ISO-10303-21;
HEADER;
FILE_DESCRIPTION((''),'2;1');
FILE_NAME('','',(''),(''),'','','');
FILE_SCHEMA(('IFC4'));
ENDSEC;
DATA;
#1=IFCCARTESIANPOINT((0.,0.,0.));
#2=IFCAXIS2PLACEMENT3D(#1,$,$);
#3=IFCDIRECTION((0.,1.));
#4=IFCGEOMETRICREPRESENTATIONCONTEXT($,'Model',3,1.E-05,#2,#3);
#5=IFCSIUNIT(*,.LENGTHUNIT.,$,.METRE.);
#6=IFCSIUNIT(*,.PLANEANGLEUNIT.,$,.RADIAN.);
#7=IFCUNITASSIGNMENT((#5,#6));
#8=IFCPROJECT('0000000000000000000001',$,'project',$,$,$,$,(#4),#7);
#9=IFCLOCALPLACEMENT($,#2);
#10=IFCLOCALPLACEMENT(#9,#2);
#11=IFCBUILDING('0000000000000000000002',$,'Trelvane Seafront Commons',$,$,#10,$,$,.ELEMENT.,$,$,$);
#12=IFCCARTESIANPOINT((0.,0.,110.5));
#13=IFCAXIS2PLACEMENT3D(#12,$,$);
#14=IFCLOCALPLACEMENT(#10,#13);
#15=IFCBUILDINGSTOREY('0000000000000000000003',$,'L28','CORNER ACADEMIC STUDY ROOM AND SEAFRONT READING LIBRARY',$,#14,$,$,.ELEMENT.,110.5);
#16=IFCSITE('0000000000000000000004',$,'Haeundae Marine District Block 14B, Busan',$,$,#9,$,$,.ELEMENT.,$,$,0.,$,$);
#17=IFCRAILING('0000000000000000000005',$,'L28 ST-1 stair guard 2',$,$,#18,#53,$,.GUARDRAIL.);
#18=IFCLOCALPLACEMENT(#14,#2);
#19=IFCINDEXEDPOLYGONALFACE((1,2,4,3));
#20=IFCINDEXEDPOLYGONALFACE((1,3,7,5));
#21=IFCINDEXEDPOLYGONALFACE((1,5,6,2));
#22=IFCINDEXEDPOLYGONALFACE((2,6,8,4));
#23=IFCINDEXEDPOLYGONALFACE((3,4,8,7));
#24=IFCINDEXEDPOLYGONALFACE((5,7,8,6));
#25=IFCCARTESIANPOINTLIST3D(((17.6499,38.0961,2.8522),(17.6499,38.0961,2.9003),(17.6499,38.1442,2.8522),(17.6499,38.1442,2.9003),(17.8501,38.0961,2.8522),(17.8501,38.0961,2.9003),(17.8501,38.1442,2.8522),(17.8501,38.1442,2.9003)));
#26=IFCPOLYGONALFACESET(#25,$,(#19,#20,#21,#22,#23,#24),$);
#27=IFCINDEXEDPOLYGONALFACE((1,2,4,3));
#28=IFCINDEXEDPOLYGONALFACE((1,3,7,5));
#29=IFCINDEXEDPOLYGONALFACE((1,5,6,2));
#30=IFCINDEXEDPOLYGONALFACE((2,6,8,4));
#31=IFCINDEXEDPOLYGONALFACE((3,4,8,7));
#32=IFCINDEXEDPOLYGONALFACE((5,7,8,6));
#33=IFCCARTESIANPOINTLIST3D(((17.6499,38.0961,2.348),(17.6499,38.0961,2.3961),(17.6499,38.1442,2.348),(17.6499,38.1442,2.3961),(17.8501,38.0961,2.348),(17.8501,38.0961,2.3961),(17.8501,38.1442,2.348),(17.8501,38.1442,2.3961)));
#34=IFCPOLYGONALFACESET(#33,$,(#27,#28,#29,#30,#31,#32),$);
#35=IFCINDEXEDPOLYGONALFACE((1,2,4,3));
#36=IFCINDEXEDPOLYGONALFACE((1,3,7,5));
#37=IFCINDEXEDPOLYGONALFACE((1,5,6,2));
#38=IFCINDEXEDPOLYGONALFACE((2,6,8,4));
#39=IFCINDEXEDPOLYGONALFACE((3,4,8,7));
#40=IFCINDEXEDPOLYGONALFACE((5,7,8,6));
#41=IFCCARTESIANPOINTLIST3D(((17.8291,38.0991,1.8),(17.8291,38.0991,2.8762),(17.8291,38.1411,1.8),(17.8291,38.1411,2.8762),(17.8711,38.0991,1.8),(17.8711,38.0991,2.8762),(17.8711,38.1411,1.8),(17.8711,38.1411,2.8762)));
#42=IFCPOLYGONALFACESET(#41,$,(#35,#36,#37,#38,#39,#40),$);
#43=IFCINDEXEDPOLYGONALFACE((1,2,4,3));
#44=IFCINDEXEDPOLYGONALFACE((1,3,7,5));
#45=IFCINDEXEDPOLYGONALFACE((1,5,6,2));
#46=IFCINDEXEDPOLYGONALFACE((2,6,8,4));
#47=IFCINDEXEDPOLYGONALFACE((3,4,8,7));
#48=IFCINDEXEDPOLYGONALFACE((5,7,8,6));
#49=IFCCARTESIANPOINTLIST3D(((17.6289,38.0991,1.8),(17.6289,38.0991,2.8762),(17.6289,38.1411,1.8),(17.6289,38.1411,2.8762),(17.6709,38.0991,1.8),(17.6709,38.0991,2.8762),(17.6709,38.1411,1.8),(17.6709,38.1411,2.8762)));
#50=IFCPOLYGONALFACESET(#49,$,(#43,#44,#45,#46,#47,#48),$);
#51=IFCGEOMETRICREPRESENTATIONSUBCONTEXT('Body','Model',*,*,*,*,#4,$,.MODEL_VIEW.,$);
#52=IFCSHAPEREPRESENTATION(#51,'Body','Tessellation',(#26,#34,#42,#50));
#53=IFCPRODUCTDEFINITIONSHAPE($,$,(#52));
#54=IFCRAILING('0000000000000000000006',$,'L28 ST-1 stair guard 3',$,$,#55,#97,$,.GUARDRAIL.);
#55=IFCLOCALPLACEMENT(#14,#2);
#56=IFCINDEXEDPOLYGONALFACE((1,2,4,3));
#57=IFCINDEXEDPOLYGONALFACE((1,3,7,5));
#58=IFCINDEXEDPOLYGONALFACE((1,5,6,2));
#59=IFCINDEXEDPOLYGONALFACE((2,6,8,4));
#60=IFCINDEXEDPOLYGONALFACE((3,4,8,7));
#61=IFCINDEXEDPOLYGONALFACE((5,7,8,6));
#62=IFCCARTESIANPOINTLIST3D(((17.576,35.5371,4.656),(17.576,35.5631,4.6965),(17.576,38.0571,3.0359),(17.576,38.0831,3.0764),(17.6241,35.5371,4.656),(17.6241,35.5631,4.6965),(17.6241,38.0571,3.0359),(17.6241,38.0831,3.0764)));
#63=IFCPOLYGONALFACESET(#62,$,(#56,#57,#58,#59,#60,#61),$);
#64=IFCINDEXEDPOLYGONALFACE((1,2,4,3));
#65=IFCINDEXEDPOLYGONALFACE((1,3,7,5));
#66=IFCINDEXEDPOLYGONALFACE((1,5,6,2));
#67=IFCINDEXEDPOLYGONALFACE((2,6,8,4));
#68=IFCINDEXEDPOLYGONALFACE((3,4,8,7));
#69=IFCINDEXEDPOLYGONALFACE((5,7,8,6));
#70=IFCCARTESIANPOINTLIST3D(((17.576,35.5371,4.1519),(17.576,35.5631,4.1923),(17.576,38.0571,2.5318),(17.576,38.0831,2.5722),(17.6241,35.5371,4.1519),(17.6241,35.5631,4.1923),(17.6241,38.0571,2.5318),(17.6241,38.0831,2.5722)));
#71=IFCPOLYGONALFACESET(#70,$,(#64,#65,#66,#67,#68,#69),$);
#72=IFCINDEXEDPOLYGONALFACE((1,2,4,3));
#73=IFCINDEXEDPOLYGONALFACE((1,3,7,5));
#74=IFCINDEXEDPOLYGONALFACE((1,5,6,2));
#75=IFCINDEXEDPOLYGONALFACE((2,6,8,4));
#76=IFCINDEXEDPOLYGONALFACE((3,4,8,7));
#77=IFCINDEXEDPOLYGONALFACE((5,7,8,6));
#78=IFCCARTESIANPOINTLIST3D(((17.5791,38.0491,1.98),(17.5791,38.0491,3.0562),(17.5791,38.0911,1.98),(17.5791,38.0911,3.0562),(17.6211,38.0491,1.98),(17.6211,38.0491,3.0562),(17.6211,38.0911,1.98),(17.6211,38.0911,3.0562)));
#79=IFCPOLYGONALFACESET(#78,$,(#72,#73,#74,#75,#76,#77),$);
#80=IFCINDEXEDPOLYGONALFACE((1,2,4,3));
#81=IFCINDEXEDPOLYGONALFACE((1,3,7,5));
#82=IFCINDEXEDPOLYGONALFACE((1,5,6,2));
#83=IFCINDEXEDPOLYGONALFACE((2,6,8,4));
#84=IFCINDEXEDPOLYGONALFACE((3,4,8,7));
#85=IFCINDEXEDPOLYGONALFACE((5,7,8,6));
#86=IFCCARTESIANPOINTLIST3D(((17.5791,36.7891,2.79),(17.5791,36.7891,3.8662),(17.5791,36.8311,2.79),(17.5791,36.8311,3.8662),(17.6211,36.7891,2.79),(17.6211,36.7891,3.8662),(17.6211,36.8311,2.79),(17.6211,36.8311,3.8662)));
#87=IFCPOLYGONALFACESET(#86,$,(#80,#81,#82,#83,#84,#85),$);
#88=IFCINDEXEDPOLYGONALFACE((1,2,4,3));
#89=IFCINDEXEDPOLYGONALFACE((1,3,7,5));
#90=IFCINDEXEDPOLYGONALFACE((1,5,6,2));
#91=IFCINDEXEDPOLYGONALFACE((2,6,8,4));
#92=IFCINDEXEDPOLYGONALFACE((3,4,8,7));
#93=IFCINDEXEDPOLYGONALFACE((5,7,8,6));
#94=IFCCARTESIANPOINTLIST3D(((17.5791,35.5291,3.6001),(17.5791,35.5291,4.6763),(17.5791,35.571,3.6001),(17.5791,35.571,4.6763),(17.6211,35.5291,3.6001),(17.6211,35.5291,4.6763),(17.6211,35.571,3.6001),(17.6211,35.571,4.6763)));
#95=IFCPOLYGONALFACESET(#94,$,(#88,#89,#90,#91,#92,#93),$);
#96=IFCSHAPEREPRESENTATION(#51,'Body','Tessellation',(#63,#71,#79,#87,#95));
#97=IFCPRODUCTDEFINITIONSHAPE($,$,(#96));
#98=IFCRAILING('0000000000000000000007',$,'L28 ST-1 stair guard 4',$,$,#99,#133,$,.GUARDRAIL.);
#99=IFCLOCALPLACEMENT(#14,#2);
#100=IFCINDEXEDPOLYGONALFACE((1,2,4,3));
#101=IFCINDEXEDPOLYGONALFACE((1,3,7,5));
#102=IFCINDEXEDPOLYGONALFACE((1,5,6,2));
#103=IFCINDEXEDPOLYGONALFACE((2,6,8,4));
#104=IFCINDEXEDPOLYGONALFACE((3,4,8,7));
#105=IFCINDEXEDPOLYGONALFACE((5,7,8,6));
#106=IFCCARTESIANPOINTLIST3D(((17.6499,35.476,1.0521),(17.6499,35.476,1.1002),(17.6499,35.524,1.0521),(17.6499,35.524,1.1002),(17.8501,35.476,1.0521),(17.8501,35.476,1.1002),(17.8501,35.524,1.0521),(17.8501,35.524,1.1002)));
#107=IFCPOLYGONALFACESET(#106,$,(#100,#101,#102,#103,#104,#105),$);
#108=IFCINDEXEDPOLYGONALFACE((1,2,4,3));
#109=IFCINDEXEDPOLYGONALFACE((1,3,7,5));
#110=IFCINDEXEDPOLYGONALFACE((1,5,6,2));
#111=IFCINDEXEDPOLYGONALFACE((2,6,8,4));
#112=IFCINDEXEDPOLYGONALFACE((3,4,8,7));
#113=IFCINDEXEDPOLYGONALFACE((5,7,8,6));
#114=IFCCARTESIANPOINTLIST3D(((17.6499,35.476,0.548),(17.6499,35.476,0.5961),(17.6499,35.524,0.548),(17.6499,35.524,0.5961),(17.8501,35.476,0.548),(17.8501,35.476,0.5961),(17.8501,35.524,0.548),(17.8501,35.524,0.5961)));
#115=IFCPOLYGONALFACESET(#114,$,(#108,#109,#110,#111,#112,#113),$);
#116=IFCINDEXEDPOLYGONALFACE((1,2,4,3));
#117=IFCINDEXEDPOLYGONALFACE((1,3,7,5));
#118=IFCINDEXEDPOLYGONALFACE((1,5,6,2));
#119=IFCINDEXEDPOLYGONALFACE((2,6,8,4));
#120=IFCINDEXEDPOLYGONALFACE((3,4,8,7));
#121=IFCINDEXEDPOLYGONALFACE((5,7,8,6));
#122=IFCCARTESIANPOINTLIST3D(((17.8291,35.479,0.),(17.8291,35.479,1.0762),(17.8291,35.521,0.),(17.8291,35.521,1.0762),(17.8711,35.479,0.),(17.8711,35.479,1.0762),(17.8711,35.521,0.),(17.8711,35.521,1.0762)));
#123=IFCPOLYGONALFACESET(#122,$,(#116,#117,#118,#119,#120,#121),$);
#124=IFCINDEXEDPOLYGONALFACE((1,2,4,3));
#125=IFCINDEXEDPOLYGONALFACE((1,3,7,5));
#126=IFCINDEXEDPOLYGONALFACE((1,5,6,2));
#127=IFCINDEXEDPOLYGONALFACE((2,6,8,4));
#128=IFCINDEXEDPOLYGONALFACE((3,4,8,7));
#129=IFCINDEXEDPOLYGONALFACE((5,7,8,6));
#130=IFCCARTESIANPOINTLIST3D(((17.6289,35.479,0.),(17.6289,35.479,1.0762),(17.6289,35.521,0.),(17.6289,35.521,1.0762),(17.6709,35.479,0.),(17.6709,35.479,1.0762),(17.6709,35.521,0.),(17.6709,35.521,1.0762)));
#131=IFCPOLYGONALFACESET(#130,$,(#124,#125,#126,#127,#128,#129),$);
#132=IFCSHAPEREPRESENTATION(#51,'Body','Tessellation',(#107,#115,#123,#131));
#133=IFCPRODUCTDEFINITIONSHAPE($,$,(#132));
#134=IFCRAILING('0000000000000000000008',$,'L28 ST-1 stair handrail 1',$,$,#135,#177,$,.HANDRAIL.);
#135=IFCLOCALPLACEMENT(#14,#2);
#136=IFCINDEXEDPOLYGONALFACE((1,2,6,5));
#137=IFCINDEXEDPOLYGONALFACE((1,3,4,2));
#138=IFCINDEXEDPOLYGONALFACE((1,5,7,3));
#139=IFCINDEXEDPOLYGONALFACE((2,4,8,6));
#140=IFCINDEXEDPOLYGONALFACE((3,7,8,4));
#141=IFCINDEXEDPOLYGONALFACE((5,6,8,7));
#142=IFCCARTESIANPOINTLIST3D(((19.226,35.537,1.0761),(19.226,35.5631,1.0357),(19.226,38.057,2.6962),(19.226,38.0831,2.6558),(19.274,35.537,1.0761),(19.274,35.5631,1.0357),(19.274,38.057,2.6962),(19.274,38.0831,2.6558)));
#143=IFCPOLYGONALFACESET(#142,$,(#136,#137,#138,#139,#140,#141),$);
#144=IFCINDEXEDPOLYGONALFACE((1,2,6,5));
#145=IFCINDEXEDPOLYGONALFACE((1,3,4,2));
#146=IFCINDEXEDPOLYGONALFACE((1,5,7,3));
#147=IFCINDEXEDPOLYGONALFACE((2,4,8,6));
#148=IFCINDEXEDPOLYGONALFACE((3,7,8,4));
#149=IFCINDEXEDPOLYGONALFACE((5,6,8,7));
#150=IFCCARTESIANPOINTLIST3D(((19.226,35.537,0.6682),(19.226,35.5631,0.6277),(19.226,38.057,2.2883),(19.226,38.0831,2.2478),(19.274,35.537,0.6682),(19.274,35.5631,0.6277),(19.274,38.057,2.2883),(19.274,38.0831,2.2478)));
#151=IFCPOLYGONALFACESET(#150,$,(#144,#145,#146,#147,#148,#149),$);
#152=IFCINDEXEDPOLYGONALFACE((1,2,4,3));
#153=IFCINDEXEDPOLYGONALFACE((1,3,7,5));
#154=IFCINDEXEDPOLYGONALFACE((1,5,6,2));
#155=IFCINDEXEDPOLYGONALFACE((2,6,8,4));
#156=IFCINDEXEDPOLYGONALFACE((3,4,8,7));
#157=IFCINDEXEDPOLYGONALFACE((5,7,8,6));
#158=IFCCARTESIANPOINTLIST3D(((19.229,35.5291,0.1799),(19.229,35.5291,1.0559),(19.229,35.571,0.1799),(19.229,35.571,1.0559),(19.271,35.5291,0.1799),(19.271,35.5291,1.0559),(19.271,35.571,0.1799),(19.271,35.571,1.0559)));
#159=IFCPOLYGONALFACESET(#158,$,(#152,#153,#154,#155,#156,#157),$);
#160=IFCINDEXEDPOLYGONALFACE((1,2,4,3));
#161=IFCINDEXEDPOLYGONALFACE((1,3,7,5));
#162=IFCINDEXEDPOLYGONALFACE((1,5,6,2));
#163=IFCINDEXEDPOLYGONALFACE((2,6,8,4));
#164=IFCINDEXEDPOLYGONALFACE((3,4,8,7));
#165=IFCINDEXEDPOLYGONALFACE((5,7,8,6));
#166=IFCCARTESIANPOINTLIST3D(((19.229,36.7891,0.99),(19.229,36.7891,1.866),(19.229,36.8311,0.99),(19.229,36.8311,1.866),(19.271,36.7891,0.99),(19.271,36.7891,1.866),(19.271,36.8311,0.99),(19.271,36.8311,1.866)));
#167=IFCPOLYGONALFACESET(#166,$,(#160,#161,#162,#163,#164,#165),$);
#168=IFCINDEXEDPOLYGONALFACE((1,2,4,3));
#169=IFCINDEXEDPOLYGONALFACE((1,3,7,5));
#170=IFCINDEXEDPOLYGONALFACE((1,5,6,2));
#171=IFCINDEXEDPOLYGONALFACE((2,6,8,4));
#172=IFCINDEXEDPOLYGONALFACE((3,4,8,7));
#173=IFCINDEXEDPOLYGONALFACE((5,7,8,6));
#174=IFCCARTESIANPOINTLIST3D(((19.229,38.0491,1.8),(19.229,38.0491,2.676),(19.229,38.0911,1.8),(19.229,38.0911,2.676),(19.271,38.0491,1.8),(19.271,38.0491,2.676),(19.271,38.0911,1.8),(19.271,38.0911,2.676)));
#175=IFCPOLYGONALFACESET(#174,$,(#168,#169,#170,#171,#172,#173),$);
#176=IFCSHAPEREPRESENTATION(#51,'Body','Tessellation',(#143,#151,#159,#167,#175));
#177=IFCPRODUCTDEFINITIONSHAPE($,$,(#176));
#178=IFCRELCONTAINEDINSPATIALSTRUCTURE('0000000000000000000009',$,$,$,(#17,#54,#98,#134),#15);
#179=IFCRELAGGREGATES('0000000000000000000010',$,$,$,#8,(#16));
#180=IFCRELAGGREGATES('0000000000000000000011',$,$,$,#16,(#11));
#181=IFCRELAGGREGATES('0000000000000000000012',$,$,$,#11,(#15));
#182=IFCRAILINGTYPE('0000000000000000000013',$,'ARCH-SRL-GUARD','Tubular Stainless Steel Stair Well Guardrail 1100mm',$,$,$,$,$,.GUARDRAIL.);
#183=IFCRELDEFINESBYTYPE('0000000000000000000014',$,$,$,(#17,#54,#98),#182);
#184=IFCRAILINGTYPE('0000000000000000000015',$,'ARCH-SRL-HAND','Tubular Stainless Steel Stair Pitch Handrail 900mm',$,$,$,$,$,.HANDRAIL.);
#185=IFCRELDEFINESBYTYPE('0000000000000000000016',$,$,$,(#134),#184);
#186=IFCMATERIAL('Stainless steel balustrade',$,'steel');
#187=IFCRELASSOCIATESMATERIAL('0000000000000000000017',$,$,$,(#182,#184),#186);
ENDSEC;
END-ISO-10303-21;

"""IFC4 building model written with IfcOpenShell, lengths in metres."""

from ifc_helpers import new_model, si_unit, direction, frame, origin, origin_2d, place, context, subcontext, project, spatial, rectangle, extrude, material, type_object, element, save


model = new_model("IFC4")

# Units and contexts
model_context = context("Model", 3, precision=1e-05, world=origin(), true_north=direction((0.0, 1.0)))
body_context = subcontext(model_context, "Body", "Model", "MODEL_VIEW")
ifc_project = project(units=[si_unit("LENGTHUNIT", "METRE"), si_unit("PLANEANGLEUNIT", "RADIAN")], contexts=[model_context])

# Site, building, storey
site_placement = place(None, origin())
site = spatial("IfcSite", under=ifc_project, at=site_placement, Name="Haeundae Marine District Block 14B, Busan", CompositionType="ELEMENT", RefElevation=0.0)
building_placement = place(site_placement, origin())
building = spatial("IfcBuilding", under=site, at=building_placement, Name="Trelvane Seafront Commons", CompositionType="ELEMENT")
storey_placement = place(building_placement, frame((0.0, 0.0, 110.5)))
storey = spatial("IfcBuildingStorey", under=building, at=storey_placement, Name="L28", Description="CORNER ACADEMIC STUDY ROOM AND SEAFRONT READING LIBRARY", CompositionType="ELEMENT", Elevation=110.5)

# Shared definitions
ifc_material_1 = material(Name="Stainless steel balustrade", Category="steel")

# Railings
railing_type_1 = type_object("IfcRailingType", Name="ARCH-SRL-GUARD", Description="Tubular Stainless Steel Stair Well Guardrail 1100mm", PredefinedType="GUARDRAIL", material=ifc_material_1)
railing_1_placement = place(storey_placement, frame((17.8501, 38.1201, 1.8)))
element("IfcRailing", 1, at=railing_1_placement, inside=storey, type_object=railing_type_1, Name="L28 ST-1 stair guard 2", PredefinedType="GUARDRAIL", context=body_context, shape_type="SweptSolid", body=[
    extrude(rectangle(XDim=0.0481, YDim=0.0481, at=origin_2d()), frame((0.0, 0.0, 1.0762), z_axis=(-1.0, 0.0, 0.0), x_axis=(0.0, -1.0, 0.0)), (0.0, 0.0, 1.0), 0.2002),
    extrude(rectangle(XDim=0.0481, YDim=0.0481, at=origin_2d()), frame((0.0, 0.0, 0.572), z_axis=(-1.0, 0.0, 0.0), x_axis=(0.0, -1.0, 0.0)), (0.0, 0.0, 1.0), 0.2002),
    extrude(rectangle(XDim=0.042, YDim=0.042, at=origin_2d()), origin(), (0.0, 0.0, 1.0), 1.0762),
    extrude(rectangle(XDim=0.042, YDim=0.042, at=origin_2d()), frame((-0.2002, 0.0, 0.0)), (0.0, 0.0, 1.0), 1.0762),
])
railing_2_placement = place(storey_placement, frame((17.6001, 38.0701, 1.98)))
element("IfcRailing", 2, at=railing_2_placement, inside=storey, type_object=railing_type_1, Name="L28 ST-1 stair guard 3", PredefinedType="GUARDRAIL", context=body_context, shape_type="SweptSolid", body=[
    extrude(rectangle(XDim=0.0481, YDim=0.0481, at=origin_2d()), frame((0.0, 0.0, 1.0762), z_axis=(0.0, -0.841163, 0.540782), x_axis=(1.0, 0.0, 0.0)), (0.0, 0.0, 1.0), 2.9958),
    extrude(rectangle(XDim=0.0481, YDim=0.0481, at=origin_2d()), frame((0.0, 0.0, 0.572), z_axis=(0.0, -0.841163, 0.540782), x_axis=(1.0, 0.0, 0.0)), (0.0, 0.0, 1.0), 2.9958),
    extrude(rectangle(XDim=0.042, YDim=0.042, at=origin_2d()), origin(), (0.0, 0.0, 1.0), 1.0762),
    extrude(rectangle(XDim=0.042, YDim=0.042, at=origin_2d()), frame((0.0, -1.26, 0.8101)), (0.0, 0.0, 1.0), 1.0762),
    extrude(rectangle(XDim=0.042, YDim=0.042, at=origin_2d()), frame((0.0, -2.52, 1.6201)), (0.0, 0.0, 1.0), 1.0762),
])
railing_3_placement = place(storey_placement, frame((17.8501, 35.5, 0.0)))
element("IfcRailing", 3, at=railing_3_placement, inside=storey, type_object=railing_type_1, Name="L28 ST-1 stair guard 4", PredefinedType="GUARDRAIL", context=body_context, shape_type="SweptSolid", body=[
    extrude(rectangle(XDim=0.0481, YDim=0.0481, at=origin_2d()), frame((0.0, 0.0, 1.0762), z_axis=(-1.0, 0.0, 0.0), x_axis=(0.0, -1.0, 0.0)), (0.0, 0.0, 1.0), 0.2002),
    extrude(rectangle(XDim=0.0481, YDim=0.0481, at=origin_2d()), frame((0.0, 0.0, 0.572), z_axis=(-1.0, 0.0, 0.0), x_axis=(0.0, -1.0, 0.0)), (0.0, 0.0, 1.0), 0.2002),
    extrude(rectangle(XDim=0.042, YDim=0.042, at=origin_2d()), origin(), (0.0, 0.0, 1.0), 1.0762),
    extrude(rectangle(XDim=0.042, YDim=0.042, at=origin_2d()), frame((-0.2002, 0.0, 0.0)), (0.0, 0.0, 1.0), 1.0762),
])
railing_type_2 = type_object("IfcRailingType", Name="ARCH-SRL-HAND", Description="Tubular Stainless Steel Stair Pitch Handrail 900mm", PredefinedType="HANDRAIL", material=ifc_material_1)
railing_4_placement = place(storey_placement, frame((19.25, 35.55, 0.1799)))
element("IfcRailing", 4, at=railing_4_placement, inside=storey, type_object=railing_type_2, Name="L28 ST-1 stair handrail 1", PredefinedType="HANDRAIL", context=body_context, shape_type="SweptSolid", body=[
    extrude(rectangle(XDim=0.0481, YDim=0.0481, at=origin_2d()), frame((0.0, 0.0, 0.876), z_axis=(0.0, 0.841163, 0.540782), x_axis=(-1.0, 0.0, 0.0)), (0.0, 0.0, 1.0), 2.9958),
    extrude(rectangle(XDim=0.0481, YDim=0.0481, at=origin_2d()), frame((0.0, 0.0, 0.468), z_axis=(0.0, 0.841163, 0.540782), x_axis=(-1.0, 0.0, 0.0)), (0.0, 0.0, 1.0), 2.9958),
    extrude(rectangle(XDim=0.042, YDim=0.042, at=origin_2d()), origin(), (0.0, 0.0, 1.0), 0.876),
    extrude(rectangle(XDim=0.042, YDim=0.042, at=origin_2d()), frame((0.0, 1.26, 0.8101)), (0.0, 0.0, 1.0), 0.876),
    extrude(rectangle(XDim=0.042, YDim=0.042, at=origin_2d()), frame((0.0, 2.52, 1.6201)), (0.0, 0.0, 1.0), 0.876),
])

save(model, "model.ifc")
